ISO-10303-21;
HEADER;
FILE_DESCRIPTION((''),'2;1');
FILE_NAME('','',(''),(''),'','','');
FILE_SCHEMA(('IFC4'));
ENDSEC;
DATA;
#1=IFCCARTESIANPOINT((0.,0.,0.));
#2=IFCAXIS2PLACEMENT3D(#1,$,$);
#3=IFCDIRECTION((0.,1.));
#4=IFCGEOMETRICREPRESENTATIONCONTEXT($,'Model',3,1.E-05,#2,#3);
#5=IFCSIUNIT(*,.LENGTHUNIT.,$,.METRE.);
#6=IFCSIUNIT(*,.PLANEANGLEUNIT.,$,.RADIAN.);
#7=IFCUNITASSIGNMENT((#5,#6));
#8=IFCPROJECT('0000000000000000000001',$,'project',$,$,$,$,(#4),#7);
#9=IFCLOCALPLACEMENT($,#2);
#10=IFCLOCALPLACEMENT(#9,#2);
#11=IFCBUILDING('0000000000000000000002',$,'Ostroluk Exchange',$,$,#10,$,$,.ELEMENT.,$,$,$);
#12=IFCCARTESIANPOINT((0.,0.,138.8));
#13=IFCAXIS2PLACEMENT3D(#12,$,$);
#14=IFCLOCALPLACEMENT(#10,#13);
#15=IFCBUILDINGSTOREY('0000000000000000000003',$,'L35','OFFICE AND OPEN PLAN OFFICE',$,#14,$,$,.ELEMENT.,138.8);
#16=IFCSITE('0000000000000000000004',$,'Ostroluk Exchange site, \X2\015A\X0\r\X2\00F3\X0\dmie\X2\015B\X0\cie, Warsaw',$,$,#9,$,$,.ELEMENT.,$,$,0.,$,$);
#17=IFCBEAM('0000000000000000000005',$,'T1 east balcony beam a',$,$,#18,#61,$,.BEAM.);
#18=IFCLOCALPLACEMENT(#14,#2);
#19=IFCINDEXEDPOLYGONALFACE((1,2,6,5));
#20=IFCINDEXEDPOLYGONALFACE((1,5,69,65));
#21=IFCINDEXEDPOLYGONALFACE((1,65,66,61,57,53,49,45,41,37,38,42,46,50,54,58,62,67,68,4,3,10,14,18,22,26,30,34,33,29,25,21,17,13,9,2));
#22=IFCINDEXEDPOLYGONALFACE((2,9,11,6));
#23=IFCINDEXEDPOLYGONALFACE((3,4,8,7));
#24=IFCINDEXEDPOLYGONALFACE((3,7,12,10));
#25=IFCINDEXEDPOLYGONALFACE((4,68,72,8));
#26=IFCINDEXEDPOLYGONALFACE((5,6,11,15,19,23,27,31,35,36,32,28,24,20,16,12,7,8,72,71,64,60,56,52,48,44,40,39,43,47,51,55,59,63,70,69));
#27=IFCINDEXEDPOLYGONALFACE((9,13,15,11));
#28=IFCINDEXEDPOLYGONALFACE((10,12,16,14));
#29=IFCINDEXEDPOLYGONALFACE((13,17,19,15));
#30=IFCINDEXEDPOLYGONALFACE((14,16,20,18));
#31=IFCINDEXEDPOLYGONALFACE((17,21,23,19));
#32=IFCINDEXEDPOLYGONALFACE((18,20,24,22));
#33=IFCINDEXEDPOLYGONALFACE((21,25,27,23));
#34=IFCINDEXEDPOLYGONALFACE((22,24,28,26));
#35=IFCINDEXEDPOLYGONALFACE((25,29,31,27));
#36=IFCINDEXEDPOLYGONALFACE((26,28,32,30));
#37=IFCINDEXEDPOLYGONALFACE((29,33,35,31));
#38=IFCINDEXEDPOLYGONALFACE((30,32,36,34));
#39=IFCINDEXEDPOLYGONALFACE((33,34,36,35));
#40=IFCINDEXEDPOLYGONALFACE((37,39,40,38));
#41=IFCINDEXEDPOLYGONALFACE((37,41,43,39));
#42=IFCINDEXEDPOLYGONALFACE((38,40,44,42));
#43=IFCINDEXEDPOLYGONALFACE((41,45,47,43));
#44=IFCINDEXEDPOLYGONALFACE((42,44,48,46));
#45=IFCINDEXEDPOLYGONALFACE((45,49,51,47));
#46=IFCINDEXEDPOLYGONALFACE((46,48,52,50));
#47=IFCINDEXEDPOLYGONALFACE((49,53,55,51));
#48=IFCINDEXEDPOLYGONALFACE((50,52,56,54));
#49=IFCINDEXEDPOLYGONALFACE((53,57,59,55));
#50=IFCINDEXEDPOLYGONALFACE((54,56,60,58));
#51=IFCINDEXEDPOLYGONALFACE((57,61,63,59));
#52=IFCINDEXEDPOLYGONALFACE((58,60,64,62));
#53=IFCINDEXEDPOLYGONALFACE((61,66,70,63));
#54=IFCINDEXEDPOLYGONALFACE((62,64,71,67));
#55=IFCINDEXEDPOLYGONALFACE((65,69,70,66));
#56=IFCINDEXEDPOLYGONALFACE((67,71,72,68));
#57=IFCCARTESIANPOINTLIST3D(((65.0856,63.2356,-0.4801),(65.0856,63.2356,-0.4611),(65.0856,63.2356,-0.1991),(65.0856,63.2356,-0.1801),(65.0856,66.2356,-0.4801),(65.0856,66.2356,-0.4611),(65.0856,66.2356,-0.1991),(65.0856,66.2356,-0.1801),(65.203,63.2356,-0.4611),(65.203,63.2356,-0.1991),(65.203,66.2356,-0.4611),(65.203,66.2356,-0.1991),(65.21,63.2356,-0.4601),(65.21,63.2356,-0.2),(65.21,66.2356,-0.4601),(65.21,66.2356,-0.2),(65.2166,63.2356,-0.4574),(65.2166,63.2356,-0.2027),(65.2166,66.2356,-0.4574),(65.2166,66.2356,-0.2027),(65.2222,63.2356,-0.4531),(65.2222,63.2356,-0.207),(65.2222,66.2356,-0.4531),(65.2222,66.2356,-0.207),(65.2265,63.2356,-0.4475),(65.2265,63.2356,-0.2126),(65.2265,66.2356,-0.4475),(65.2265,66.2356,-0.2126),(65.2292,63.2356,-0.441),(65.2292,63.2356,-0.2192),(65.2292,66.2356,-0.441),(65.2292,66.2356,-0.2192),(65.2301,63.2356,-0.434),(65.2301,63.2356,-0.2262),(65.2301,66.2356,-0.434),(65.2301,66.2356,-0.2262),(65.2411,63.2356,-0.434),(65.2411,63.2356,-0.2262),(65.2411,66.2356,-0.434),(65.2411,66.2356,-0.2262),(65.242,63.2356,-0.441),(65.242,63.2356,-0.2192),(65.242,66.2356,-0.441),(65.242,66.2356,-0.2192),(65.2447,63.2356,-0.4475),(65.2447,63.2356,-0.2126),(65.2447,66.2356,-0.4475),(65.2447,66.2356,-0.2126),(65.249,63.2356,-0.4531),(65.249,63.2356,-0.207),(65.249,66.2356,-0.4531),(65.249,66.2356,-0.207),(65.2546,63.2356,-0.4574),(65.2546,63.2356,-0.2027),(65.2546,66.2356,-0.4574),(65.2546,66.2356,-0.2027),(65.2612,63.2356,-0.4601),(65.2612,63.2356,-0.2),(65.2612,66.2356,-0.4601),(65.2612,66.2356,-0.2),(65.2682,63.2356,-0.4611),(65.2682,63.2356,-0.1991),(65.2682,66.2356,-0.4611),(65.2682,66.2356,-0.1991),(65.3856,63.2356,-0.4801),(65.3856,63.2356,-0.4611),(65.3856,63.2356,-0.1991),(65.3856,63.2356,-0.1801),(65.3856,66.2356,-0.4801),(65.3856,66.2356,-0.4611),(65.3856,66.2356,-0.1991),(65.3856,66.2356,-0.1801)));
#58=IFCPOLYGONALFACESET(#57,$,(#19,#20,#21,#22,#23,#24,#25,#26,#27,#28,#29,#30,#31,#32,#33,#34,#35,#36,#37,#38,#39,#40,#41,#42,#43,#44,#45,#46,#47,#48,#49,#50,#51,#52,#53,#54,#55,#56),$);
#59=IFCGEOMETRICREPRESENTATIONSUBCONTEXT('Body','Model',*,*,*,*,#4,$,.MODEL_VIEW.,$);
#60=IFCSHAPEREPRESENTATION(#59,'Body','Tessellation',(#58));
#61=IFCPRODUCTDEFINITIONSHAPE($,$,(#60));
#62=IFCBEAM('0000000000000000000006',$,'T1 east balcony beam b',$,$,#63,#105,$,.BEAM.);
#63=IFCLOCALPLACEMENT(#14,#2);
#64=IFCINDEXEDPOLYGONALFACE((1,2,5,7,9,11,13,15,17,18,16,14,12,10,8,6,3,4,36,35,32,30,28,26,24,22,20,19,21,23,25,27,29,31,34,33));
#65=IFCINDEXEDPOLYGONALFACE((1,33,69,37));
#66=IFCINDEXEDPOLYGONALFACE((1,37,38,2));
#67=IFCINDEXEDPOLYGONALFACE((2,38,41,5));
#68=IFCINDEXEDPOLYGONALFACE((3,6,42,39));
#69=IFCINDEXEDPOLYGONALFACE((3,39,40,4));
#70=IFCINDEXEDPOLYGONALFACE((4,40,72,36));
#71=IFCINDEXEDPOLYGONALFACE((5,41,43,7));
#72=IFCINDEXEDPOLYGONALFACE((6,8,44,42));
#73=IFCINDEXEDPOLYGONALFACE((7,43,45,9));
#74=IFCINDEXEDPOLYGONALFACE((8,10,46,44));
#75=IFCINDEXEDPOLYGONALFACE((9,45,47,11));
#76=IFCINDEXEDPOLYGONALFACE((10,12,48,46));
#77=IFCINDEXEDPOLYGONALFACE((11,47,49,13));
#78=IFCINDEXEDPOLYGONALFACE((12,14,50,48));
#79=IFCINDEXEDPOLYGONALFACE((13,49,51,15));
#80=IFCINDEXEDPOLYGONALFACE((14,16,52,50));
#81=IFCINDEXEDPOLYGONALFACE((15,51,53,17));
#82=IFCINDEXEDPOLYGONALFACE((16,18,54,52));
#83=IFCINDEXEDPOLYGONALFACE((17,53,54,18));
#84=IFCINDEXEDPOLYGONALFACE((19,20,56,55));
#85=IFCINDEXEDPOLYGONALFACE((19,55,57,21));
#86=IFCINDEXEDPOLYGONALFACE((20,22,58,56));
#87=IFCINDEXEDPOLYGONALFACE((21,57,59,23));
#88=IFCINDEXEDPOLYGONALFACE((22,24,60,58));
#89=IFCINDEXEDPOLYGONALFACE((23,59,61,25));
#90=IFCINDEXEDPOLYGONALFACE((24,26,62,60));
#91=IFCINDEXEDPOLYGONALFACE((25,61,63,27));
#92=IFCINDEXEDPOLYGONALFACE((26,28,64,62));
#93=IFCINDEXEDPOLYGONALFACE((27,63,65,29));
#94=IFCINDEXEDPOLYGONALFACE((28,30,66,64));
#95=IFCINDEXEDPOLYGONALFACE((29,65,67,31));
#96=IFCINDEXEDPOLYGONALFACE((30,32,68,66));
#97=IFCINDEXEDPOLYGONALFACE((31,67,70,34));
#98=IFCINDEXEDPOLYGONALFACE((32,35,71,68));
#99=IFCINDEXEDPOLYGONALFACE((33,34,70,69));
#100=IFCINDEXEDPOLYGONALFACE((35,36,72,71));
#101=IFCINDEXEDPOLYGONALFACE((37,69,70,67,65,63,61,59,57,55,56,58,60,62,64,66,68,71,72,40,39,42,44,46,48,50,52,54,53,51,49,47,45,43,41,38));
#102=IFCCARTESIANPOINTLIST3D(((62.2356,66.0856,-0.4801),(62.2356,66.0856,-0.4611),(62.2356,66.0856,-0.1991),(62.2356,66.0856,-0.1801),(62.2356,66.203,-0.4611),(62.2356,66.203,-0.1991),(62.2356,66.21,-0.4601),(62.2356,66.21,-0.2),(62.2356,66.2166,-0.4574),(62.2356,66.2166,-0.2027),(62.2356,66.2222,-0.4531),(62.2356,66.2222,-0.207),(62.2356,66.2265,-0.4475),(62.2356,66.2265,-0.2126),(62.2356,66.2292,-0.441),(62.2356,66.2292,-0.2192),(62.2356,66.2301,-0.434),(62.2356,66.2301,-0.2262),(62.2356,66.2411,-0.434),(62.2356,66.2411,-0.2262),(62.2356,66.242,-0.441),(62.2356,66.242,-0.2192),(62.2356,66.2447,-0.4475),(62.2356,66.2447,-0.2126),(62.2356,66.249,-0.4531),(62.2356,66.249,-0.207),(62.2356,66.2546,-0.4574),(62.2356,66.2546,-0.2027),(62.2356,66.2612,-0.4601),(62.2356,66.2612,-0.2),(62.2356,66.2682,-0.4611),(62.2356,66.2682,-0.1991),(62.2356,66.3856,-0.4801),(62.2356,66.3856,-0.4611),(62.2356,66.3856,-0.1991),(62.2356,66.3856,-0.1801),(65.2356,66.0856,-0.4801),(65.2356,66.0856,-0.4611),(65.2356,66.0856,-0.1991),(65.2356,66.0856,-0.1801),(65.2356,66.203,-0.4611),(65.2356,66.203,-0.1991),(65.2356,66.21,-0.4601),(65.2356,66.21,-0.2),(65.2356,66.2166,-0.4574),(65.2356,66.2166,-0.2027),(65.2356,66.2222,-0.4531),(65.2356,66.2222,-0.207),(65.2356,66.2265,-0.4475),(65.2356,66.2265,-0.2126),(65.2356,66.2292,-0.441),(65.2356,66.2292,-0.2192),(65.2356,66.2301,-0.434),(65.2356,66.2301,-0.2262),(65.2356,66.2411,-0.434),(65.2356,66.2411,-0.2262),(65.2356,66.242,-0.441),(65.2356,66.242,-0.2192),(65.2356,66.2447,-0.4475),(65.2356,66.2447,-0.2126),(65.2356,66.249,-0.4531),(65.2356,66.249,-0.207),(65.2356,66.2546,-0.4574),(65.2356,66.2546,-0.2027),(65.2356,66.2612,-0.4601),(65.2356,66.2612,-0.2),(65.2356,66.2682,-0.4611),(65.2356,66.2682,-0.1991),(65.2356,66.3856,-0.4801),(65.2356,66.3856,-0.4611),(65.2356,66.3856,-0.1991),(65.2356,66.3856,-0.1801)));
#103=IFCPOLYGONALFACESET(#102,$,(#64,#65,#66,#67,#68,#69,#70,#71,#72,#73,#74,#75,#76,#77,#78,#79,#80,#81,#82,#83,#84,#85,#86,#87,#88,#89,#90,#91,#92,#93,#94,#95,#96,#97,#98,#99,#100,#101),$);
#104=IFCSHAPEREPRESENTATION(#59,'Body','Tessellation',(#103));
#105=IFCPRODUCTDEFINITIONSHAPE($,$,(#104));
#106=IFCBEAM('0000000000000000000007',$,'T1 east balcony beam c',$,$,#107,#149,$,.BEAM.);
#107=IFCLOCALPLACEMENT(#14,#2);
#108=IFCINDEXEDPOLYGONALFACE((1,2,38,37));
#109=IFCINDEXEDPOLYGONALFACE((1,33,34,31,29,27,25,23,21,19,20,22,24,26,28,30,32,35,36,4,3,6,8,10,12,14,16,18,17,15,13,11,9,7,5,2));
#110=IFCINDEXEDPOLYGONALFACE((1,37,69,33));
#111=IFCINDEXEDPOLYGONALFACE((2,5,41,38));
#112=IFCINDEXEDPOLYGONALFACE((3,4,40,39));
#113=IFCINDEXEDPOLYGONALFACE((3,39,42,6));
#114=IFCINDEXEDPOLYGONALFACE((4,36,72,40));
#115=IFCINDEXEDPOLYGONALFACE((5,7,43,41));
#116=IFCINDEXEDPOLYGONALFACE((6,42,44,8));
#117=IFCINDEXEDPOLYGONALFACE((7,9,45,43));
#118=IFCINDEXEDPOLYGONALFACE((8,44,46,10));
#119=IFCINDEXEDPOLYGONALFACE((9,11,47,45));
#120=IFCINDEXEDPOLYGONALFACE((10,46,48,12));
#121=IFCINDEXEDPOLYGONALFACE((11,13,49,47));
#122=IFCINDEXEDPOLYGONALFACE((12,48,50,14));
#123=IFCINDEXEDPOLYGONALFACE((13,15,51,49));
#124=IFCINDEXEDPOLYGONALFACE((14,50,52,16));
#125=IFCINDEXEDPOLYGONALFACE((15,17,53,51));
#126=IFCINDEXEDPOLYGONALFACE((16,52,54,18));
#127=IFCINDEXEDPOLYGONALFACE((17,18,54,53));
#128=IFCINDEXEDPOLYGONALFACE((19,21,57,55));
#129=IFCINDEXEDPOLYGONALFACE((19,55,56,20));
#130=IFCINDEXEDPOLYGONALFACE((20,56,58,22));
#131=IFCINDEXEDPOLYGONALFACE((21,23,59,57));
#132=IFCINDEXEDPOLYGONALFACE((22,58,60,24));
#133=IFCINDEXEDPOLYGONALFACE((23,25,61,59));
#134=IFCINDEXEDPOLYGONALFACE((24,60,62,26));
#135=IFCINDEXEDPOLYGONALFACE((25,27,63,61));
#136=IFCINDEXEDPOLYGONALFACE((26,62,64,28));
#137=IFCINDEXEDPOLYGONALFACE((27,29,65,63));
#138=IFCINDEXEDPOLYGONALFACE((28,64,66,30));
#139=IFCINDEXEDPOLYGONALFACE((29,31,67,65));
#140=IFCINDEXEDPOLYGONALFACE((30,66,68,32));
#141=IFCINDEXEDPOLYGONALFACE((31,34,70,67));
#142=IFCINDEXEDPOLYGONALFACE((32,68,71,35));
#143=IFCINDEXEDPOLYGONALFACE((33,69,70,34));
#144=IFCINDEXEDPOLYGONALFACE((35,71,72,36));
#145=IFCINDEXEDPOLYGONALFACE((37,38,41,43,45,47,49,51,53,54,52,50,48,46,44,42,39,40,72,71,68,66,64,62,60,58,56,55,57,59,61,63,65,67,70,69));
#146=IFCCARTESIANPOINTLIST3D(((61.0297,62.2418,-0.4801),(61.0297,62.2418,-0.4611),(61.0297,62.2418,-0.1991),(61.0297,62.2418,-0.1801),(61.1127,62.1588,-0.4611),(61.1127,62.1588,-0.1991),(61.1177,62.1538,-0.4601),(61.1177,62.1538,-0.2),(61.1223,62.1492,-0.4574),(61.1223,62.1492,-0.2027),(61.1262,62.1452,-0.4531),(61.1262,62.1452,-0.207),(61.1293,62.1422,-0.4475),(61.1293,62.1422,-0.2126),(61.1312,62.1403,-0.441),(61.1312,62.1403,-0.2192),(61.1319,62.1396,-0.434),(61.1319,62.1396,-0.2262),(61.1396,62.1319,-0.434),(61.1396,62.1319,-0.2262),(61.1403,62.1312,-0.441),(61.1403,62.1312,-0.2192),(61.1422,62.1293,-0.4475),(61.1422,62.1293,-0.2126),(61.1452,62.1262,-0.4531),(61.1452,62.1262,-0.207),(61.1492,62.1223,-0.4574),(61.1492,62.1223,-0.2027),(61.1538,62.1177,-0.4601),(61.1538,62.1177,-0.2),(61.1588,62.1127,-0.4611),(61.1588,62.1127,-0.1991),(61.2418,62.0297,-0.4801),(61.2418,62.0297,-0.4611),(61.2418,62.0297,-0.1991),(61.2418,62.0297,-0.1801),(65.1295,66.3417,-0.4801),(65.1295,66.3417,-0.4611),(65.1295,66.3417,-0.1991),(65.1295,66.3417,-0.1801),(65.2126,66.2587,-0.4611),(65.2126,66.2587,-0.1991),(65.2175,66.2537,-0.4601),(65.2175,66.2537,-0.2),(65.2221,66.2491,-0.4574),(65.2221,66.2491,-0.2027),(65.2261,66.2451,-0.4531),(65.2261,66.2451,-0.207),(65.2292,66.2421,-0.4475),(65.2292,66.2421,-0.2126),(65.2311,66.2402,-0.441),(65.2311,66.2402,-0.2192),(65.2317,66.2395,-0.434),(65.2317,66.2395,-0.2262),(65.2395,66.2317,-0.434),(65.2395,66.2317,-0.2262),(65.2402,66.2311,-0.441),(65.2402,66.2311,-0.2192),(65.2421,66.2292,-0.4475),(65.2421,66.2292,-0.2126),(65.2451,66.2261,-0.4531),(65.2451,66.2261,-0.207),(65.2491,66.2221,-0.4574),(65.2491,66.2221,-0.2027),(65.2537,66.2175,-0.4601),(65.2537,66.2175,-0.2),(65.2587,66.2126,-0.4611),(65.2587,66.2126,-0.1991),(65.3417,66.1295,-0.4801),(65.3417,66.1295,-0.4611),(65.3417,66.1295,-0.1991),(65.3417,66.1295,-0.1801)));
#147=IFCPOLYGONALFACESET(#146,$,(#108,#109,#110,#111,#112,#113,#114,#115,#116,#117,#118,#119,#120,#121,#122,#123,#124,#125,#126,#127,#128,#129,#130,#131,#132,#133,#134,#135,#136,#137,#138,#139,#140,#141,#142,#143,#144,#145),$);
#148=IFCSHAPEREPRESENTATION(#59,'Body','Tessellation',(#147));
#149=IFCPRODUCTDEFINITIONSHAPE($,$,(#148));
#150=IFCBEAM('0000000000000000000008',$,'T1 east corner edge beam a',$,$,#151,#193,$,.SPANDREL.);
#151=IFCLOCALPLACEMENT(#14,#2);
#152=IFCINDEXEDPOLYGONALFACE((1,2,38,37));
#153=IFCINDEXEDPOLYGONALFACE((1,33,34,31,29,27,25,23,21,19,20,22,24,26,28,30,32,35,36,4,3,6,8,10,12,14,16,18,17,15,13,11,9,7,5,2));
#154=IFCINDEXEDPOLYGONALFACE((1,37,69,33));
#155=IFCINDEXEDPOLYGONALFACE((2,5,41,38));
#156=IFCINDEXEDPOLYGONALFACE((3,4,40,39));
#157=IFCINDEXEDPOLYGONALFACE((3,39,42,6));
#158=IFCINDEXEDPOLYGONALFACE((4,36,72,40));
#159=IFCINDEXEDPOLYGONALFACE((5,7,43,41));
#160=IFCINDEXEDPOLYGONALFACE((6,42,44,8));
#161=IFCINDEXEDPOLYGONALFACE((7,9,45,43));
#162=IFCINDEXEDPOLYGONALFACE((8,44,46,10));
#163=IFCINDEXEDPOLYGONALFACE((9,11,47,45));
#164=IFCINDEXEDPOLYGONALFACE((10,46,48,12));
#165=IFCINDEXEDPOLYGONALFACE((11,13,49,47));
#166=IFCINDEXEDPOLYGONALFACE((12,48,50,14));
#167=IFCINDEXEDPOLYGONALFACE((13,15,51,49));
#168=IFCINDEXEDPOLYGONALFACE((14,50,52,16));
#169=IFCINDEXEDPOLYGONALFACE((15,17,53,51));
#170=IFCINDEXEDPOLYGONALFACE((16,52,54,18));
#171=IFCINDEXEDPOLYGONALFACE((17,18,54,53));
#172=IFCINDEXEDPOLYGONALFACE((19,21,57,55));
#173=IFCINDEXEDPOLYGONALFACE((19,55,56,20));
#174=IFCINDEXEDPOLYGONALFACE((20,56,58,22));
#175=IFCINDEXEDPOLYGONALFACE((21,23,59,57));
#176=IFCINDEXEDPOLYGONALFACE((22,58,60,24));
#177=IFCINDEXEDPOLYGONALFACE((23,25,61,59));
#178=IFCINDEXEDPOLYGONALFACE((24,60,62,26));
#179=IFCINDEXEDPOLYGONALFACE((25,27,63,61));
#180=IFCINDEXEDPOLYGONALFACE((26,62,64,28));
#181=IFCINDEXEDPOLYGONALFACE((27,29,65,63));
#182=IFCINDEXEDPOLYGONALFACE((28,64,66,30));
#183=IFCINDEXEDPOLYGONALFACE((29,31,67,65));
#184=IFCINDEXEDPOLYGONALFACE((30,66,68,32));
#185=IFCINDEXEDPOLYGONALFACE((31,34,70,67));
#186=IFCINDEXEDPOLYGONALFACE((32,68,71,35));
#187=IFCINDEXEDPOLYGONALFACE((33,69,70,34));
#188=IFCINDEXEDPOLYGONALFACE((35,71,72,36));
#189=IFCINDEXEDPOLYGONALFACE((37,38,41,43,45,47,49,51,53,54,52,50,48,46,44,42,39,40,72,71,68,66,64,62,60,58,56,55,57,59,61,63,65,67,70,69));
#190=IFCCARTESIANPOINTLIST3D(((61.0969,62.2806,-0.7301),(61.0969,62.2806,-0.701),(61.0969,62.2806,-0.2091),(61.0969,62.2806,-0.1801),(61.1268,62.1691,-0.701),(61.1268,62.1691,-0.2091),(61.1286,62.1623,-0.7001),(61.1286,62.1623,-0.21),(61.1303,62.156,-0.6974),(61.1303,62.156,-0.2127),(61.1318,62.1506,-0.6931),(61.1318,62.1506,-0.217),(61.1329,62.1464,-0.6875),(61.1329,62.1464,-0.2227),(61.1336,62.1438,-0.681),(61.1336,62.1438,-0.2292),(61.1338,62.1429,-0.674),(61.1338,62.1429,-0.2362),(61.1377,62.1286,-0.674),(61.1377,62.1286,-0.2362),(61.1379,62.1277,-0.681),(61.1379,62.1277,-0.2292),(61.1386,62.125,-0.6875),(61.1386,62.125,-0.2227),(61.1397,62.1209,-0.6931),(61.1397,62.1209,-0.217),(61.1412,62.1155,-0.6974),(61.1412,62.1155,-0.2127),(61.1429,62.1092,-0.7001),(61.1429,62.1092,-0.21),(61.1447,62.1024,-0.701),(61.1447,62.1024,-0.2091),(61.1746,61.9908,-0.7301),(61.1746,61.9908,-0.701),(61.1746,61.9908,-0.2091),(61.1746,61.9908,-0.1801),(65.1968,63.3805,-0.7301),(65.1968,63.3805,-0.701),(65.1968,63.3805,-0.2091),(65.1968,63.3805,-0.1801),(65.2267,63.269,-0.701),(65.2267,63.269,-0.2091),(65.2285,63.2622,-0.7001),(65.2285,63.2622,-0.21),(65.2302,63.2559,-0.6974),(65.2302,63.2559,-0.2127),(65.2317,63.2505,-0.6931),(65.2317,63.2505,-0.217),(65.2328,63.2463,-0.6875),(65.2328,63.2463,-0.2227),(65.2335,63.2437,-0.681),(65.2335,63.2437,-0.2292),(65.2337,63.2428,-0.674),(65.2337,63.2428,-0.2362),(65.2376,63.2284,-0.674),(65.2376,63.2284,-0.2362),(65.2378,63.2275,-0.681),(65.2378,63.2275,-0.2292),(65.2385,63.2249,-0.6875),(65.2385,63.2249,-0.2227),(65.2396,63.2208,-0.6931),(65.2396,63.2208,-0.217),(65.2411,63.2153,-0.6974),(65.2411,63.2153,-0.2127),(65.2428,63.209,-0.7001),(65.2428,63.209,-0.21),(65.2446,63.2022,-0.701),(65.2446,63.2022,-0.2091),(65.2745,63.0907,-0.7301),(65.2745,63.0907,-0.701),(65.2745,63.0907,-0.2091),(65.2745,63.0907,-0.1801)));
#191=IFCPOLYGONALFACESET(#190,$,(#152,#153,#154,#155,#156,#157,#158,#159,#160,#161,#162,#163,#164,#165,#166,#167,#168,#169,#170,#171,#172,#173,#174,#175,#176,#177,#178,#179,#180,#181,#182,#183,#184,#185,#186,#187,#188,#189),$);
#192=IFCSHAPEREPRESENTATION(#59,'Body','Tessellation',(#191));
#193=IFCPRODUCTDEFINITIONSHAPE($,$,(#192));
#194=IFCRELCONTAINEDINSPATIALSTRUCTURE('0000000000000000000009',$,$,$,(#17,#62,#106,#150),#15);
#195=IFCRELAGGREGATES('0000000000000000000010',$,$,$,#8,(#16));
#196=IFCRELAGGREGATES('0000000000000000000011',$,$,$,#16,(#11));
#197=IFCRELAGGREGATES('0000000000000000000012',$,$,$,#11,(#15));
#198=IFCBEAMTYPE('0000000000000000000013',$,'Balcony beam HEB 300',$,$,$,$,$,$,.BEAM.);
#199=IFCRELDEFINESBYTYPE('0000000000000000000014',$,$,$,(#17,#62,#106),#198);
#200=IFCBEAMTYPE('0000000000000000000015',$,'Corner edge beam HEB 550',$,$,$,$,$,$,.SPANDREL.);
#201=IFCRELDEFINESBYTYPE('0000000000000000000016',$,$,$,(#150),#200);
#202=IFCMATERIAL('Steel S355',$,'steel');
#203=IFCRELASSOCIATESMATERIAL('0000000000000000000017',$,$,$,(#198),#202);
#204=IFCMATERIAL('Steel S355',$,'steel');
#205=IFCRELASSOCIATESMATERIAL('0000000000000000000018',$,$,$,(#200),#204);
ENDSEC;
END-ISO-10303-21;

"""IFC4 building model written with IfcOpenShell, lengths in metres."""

from ifc_helpers import new_model, si_unit, direction, frame, origin, origin_2d, place, context, subcontext, project, spatial, i_section, extrude, material, material_profile, profile_set, type_object, element, save


model = new_model("IFC4")

# Units and contexts
model_context = context("Model", 3, precision=1e-05, world=origin(), true_north=direction((0.0, 1.0)))
body_context = subcontext(model_context, "Body", "Model", "MODEL_VIEW")
ifc_project = project(units=[si_unit("LENGTHUNIT", "METRE"), si_unit("PLANEANGLEUNIT", "RADIAN")], contexts=[model_context])

# Site, building, storey
site_placement = place(None, origin())
site = spatial("IfcSite", under=ifc_project, at=site_placement, Name="Ostroluk Exchange site, Śródmieście, Warsaw", CompositionType="ELEMENT", RefElevation=0.0)
building_placement = place(site_placement, origin())
building = spatial("IfcBuilding", under=site, at=building_placement, Name="Ostroluk Exchange", CompositionType="ELEMENT")
storey_placement = place(building_placement, frame((0.0, 0.0, 138.8)))
storey = spatial("IfcBuildingStorey", under=building, at=storey_placement, Name="L35", Description="OFFICE AND OPEN PLAN OFFICE", CompositionType="ELEMENT", Elevation=138.8)

# Beams
ifc_material_1 = material(Name="Steel S355", Category="steel")
ifc_material_profile_1 = material_profile(ifc_material_1, i_section(OverallWidth=0.3, OverallDepth=0.3, WebThickness=0.011, FlangeThickness=0.019, FilletRadius=0.0271, at=origin_2d()), Name="HEB 300")
ifc_profile_set_1 = profile_set([ifc_material_profile_1], Name="Steel S355")
beam_type_1 = type_object("IfcBeamType", Name="Balcony beam HEB 300", PredefinedType="BEAM", material=ifc_profile_set_1)
for number, where, z_axis, x_axis, name in (
    (1, (65.2356, 63.2356, -0.3301), (0.0, 1.0, 0.0), (-1.0, 0.0, 0.0), "T1 east balcony beam a"),
    (2, (62.2356, 66.2356, -0.3301), (1.0, 0.0, 0.0), (0.0, 1.0, 0.0), "T1 east balcony beam b"),
):
    element("IfcBeam", number, at=place(storey_placement, frame(where, z_axis=z_axis, x_axis=x_axis)), inside=storey, type_object=beam_type_1, Name=name, PredefinedType="BEAM", context=body_context, shape_type="SweptSolid", body=[
        extrude(i_section(OverallWidth=0.3, OverallDepth=0.3, WebThickness=0.011, FlangeThickness=0.019, FilletRadius=0.0271, at=origin_2d()), origin(), (0.0, 0.0, 1.0), 3.0),
    ])
beam_1_placement = place(storey_placement, frame((61.1357, 62.1357, -0.3301), z_axis=(0.707107, 0.707107, 0.0), x_axis=(-0.707107, 0.707107, 0.0)))
element("IfcBeam", 3, at=beam_1_placement, inside=storey, type_object=beam_type_1, Name="T1 east balcony beam c", PredefinedType="BEAM", context=body_context, shape_type="SweptSolid", body=[
    extrude(i_section(OverallWidth=0.3, OverallDepth=0.3, WebThickness=0.011, FlangeThickness=0.019, FilletRadius=0.0271, at=origin_2d()), origin(), (0.0, 0.0, 1.0), 5.7981),
])
ifc_material_2 = material(Name="Steel S355", Category="steel")
ifc_material_profile_2 = material_profile(ifc_material_2, i_section(OverallWidth=0.3, OverallDepth=0.55, WebThickness=0.0149, FlangeThickness=0.0291, FilletRadius=0.0271, at=origin_2d()), Name="HEB 550")
ifc_profile_set_2 = profile_set([ifc_material_profile_2], Name="Steel S355")
beam_type_2 = type_object("IfcBeamType", Name="Corner edge beam HEB 550", PredefinedType="SPANDREL", material=ifc_profile_set_2)
for number, where, z_axis, x_axis, name in (
    (4, (61.1357, 62.1357, -0.4551), (0.965849, 0.259105, 0.0), (-0.259105, 0.965849, 0.0), "T1 east corner edge beam a"),
):
    element("IfcBeam", number, at=place(storey_placement, frame(where, z_axis=z_axis, x_axis=x_axis)), inside=storey, type_object=beam_type_2, Name=name, PredefinedType="SPANDREL", context=body_context, shape_type="SweptSolid", body=[
        extrude(i_section(OverallWidth=0.3, OverallDepth=0.55, WebThickness=0.0149, FlangeThickness=0.0291, FilletRadius=0.0271, at=origin_2d()), origin(), (0.0, 0.0, 1.0), 4.2449),
    ])

save(model, "model.ifc")
